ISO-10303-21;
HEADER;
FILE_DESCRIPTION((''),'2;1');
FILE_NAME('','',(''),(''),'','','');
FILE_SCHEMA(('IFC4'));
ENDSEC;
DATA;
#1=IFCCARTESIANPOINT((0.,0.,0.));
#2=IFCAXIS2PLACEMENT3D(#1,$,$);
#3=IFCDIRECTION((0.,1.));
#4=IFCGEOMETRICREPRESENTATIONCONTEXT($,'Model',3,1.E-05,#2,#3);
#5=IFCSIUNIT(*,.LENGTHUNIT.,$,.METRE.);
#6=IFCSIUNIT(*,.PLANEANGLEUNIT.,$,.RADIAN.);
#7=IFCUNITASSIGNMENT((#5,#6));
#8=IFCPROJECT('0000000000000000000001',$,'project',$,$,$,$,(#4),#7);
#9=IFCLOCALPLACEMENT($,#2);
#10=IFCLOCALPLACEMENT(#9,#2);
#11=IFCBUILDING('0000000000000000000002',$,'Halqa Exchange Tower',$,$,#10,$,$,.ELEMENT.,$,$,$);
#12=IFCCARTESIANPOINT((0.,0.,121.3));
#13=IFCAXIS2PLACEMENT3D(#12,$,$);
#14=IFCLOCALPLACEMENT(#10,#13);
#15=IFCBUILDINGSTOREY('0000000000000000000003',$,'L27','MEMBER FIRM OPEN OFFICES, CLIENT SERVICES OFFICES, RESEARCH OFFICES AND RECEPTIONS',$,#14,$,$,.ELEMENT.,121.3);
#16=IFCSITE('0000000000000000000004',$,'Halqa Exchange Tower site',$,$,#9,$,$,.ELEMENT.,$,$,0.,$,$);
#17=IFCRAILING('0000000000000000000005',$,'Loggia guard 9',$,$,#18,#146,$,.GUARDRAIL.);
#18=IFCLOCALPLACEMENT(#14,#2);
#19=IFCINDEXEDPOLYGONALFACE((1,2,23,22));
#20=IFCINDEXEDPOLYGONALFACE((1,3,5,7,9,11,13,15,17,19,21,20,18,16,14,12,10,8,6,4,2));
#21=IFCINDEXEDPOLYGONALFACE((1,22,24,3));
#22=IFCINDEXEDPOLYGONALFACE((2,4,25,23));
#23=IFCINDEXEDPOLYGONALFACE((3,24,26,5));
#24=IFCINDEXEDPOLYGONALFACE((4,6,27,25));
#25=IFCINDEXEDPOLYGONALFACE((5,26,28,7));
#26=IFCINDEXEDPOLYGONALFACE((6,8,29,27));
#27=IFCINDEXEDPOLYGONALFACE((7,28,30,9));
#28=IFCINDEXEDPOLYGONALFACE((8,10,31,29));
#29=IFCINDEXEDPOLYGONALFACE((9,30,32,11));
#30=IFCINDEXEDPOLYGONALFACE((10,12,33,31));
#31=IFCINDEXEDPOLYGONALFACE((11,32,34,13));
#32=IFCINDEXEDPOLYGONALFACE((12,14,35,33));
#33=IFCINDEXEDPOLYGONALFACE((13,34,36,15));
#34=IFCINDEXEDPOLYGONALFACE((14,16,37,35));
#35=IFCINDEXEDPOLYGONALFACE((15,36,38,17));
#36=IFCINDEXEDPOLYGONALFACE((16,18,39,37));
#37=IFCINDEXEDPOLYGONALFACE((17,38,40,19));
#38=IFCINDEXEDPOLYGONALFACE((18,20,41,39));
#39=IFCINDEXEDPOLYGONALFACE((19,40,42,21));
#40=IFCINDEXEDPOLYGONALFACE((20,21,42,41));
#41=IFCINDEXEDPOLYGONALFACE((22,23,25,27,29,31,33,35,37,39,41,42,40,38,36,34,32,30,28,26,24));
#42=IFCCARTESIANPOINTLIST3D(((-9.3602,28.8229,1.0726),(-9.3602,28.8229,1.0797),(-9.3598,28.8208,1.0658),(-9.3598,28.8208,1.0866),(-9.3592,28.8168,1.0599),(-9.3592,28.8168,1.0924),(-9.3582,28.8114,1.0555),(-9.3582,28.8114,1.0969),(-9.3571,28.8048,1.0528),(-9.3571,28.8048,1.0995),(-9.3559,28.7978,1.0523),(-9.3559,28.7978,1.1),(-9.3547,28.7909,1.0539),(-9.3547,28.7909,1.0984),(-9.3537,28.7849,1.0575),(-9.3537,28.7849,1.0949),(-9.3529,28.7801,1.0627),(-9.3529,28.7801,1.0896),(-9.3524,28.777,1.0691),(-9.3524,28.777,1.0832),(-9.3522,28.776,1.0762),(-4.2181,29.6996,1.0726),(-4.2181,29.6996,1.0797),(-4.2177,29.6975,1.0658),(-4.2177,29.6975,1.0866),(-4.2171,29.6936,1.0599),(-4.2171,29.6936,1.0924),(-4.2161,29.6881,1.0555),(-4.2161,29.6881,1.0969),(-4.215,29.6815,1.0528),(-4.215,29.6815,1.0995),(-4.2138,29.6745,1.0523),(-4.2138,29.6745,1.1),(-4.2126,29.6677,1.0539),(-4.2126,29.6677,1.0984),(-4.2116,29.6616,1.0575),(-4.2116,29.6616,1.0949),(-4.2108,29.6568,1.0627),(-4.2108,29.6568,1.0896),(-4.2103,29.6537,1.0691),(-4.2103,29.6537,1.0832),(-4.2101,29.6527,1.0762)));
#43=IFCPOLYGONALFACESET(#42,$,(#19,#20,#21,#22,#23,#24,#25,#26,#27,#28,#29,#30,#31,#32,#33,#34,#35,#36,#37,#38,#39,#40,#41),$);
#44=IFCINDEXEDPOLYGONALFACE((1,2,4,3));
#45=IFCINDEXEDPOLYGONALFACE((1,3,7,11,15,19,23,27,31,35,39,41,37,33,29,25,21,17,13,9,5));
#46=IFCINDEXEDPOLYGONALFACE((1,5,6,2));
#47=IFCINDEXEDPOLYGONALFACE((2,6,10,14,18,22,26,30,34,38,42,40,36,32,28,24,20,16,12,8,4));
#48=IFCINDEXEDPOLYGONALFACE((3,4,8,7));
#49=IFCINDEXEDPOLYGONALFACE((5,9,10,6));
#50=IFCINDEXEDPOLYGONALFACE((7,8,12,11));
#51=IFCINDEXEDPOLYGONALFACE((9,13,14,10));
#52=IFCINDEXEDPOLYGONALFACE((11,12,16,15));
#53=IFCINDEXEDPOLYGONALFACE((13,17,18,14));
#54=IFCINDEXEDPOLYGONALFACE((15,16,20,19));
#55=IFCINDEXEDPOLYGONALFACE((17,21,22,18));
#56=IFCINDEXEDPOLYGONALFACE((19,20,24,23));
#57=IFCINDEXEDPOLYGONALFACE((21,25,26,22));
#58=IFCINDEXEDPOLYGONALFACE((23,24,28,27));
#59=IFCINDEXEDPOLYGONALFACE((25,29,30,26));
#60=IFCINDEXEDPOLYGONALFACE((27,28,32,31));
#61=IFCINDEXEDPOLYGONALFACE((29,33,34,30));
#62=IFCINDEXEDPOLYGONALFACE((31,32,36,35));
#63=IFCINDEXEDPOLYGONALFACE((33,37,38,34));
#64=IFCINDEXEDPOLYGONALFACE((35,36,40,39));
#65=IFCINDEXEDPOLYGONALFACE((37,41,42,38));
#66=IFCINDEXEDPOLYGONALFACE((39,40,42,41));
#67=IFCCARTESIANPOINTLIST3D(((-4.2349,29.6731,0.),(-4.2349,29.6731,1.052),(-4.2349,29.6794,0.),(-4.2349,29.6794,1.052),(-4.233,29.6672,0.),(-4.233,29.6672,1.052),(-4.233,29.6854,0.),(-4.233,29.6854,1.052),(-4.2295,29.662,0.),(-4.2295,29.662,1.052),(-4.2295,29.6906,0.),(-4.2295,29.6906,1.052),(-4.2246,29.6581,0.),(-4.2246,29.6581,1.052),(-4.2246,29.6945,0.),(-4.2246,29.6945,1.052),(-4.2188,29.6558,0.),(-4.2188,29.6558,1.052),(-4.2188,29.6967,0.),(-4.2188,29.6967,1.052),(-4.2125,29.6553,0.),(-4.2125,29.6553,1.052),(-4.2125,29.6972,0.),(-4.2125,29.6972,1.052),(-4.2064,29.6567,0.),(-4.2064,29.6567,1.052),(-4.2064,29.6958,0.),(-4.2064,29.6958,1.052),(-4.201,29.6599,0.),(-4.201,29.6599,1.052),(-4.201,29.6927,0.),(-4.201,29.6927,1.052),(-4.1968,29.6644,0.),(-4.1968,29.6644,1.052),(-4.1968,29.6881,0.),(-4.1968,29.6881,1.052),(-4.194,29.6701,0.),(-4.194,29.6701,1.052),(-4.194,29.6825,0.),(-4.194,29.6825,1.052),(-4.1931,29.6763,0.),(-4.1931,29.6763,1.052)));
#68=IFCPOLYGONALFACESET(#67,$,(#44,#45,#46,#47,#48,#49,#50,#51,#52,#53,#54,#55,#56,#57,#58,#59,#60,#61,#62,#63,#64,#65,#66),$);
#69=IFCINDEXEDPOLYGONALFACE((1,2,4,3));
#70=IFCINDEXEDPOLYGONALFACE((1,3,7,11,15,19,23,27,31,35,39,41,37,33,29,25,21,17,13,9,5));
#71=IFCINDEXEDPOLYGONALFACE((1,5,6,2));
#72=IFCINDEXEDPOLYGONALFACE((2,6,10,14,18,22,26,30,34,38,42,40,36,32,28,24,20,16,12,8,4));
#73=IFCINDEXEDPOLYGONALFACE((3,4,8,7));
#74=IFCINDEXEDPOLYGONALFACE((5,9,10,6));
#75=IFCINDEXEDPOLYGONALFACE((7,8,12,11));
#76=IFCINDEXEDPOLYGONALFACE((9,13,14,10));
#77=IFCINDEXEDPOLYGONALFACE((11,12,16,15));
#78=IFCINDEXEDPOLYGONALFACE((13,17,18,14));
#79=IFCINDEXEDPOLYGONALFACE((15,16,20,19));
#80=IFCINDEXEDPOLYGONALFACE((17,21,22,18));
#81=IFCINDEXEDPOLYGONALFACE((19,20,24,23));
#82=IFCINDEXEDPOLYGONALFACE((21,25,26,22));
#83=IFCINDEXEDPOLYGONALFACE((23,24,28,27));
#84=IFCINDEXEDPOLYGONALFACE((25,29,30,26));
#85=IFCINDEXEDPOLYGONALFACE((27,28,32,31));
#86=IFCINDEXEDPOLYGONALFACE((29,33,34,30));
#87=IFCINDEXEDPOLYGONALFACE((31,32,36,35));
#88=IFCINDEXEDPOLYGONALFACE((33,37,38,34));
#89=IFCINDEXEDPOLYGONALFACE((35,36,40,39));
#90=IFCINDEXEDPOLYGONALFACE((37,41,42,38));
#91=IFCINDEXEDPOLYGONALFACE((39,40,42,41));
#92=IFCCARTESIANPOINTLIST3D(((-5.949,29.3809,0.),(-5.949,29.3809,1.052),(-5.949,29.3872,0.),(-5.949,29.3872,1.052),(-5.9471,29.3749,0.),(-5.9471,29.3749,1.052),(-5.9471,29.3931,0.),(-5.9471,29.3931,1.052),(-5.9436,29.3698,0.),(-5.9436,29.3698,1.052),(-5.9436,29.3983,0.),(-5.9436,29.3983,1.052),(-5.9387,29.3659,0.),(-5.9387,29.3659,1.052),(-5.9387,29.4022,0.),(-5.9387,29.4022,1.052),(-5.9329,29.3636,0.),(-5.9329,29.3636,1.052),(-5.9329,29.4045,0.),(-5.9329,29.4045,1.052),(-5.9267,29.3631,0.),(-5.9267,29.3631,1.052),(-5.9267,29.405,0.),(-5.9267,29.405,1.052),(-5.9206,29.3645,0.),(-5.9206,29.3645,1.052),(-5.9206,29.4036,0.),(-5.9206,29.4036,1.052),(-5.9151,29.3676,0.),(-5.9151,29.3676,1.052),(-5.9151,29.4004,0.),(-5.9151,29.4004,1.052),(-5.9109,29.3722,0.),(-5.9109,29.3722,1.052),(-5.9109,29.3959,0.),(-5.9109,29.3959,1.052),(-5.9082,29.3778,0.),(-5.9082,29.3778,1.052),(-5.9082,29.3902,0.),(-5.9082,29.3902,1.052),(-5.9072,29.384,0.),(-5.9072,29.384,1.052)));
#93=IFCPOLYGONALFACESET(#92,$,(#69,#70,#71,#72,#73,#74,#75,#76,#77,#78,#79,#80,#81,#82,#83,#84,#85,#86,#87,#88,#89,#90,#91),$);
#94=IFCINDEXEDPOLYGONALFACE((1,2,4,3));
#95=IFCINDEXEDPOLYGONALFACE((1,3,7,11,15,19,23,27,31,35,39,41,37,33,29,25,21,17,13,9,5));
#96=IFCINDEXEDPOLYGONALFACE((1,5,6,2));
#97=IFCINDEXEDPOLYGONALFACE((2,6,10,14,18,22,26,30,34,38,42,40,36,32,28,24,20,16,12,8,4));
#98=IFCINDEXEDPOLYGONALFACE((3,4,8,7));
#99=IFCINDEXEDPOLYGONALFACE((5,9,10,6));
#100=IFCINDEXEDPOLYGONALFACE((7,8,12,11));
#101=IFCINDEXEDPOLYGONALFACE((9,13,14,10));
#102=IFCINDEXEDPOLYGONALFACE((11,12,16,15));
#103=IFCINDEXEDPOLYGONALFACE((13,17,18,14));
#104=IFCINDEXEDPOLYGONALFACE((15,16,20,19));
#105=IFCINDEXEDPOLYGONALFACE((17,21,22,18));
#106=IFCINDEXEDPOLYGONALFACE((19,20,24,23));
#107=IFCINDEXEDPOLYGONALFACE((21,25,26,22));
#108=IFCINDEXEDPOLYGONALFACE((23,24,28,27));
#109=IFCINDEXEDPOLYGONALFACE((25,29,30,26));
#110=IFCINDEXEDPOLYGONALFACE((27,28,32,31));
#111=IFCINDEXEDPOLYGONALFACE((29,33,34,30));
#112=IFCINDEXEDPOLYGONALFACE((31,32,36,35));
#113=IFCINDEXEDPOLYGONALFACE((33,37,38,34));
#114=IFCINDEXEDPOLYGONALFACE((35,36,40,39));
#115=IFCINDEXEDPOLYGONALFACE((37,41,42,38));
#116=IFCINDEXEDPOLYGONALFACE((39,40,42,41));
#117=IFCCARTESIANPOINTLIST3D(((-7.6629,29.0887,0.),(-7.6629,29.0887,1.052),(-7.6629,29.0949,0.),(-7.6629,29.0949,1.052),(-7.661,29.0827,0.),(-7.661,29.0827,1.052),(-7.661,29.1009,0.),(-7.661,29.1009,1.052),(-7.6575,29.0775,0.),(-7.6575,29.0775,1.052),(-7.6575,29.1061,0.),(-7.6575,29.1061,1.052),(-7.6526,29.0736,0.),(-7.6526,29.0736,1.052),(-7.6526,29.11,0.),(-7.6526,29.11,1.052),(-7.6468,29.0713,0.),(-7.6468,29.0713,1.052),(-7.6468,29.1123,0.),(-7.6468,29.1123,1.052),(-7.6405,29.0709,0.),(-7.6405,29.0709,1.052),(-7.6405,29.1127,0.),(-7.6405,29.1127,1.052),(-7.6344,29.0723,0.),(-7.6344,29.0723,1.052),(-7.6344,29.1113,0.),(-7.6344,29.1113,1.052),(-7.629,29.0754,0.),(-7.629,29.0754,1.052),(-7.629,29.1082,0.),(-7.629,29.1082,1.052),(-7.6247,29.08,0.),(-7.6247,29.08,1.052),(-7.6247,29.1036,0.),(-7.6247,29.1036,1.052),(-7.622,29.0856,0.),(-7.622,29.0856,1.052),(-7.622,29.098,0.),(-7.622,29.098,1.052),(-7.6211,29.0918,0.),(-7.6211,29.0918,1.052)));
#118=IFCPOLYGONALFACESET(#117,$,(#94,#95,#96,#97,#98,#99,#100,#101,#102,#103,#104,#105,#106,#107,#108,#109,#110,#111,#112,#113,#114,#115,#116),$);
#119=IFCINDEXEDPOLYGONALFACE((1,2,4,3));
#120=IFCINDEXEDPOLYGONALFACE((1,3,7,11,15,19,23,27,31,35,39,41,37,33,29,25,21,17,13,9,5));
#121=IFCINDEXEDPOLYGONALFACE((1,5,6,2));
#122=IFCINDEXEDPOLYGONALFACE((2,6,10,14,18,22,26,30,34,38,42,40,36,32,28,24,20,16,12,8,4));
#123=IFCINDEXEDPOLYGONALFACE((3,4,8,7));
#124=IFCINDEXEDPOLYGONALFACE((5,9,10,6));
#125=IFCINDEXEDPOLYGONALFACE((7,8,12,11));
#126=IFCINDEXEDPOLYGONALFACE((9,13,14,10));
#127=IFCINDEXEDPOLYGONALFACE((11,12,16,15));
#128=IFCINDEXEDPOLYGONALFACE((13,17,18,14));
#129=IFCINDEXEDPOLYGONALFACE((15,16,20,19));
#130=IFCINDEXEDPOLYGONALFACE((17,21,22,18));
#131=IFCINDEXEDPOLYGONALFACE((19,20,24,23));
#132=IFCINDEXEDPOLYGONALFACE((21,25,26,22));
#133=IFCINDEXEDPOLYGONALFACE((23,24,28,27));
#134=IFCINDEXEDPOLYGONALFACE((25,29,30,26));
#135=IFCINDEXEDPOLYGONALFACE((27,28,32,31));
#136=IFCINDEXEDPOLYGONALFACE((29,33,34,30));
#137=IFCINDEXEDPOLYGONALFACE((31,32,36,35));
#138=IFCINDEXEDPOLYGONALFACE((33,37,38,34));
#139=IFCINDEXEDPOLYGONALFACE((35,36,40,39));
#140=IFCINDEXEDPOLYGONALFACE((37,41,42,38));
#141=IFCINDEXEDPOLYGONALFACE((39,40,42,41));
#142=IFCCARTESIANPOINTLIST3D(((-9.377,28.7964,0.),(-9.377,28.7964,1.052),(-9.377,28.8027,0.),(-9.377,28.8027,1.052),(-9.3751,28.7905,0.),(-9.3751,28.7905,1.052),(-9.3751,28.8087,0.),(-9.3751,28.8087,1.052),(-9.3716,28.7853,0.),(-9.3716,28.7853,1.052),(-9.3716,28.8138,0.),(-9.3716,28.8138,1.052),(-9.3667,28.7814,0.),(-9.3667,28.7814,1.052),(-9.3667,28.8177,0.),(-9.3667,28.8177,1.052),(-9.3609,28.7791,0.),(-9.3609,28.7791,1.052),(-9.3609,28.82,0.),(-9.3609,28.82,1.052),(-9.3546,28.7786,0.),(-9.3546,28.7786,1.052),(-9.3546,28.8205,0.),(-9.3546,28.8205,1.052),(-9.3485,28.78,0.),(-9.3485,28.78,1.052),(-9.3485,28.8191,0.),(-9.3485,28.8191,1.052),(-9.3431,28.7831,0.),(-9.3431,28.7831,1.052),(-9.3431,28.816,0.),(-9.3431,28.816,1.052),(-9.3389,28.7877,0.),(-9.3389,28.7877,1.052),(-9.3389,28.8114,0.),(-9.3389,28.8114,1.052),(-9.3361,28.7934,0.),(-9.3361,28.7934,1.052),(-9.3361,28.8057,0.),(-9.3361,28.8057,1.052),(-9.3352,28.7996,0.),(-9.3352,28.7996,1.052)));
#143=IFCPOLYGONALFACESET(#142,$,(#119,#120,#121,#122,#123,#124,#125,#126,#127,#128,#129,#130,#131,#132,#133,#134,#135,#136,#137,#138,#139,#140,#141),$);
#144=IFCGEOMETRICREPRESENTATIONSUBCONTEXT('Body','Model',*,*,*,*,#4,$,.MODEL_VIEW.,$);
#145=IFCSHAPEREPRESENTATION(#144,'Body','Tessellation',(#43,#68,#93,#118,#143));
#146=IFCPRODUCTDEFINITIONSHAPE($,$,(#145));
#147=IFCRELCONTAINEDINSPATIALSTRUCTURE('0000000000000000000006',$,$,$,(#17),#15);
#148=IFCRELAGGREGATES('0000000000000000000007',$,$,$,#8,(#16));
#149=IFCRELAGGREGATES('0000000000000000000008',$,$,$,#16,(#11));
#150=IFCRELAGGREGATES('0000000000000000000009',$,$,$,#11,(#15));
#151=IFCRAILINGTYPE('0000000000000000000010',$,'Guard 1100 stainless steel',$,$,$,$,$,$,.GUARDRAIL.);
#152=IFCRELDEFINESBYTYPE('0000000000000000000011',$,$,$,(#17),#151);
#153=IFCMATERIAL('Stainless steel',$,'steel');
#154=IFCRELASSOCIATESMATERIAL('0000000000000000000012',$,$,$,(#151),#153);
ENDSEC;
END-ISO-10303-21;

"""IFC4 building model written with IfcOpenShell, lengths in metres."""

from ifc_helpers import new_model, si_unit, direction, frame, origin, origin_2d, place, context, subcontext, project, spatial, circle, extrude, material, type_object, element, save


model = new_model("IFC4")

# Units and contexts
model_context = context("Model", 3, precision=1e-05, world=origin(), true_north=direction((0.0, 1.0)))
body_context = subcontext(model_context, "Body", "Model", "MODEL_VIEW")
ifc_project = project(units=[si_unit("LENGTHUNIT", "METRE"), si_unit("PLANEANGLEUNIT", "RADIAN")], contexts=[model_context])

# Site, building, storey
site_placement = place(None, origin())
site = spatial("IfcSite", under=ifc_project, at=site_placement, Name="Halqa Exchange Tower site", CompositionType="ELEMENT", RefElevation=0.0)
building_placement = place(site_placement, origin())
building = spatial("IfcBuilding", under=site, at=building_placement, Name="Halqa Exchange Tower", CompositionType="ELEMENT")
storey_placement = place(building_placement, frame((0.0, 0.0, 121.3)))
storey = spatial("IfcBuildingStorey", under=building, at=storey_placement, Name="L27", Description="MEMBER FIRM OPEN OFFICES, CLIENT SERVICES OFFICES, RESEARCH OFFICES AND RECEPTIONS", CompositionType="ELEMENT", Elevation=121.3)

# Railing
ifc_material_1 = material(Name="Stainless steel", Category="steel")
railing_type_1 = type_object("IfcRailingType", Name="Guard 1100 stainless steel", PredefinedType="GUARDRAIL", material=ifc_material_1)
railing_1_placement = place(storey_placement, frame((-4.2141, 29.6763, 0.0)))
element("IfcRailing", 1, at=railing_1_placement, inside=storey, type_object=railing_type_1, Name="Loggia guard 9", PredefinedType="GUARDRAIL", context=body_context, shape_type="SweptSolid", body=[
    extrude(circle(Radius=0.0239, at=origin_2d()), frame((0.0, 0.0, 1.0762), z_axis=(-0.985775, -0.168071, 0.0), x_axis=(0.168071, -0.985775, 0.0)), (0.0, 0.0, 1.0), 5.2163),
    extrude(circle(Radius=0.021, at=origin_2d()), origin(), (0.0, 0.0, 1.0), 1.052),
    extrude(circle(Radius=0.021, at=origin_2d()), frame((-1.7141, -0.2922, 0.0)), (0.0, 0.0, 1.0), 1.052),
    extrude(circle(Radius=0.021, at=origin_2d()), frame((-3.428, -0.5845, 0.0)), (0.0, 0.0, 1.0), 1.052),
    extrude(circle(Radius=0.021, at=origin_2d()), frame((-5.1421, -0.8767, 0.0)), (0.0, 0.0, 1.0), 1.052),
])

save(model, "model.ifc")
